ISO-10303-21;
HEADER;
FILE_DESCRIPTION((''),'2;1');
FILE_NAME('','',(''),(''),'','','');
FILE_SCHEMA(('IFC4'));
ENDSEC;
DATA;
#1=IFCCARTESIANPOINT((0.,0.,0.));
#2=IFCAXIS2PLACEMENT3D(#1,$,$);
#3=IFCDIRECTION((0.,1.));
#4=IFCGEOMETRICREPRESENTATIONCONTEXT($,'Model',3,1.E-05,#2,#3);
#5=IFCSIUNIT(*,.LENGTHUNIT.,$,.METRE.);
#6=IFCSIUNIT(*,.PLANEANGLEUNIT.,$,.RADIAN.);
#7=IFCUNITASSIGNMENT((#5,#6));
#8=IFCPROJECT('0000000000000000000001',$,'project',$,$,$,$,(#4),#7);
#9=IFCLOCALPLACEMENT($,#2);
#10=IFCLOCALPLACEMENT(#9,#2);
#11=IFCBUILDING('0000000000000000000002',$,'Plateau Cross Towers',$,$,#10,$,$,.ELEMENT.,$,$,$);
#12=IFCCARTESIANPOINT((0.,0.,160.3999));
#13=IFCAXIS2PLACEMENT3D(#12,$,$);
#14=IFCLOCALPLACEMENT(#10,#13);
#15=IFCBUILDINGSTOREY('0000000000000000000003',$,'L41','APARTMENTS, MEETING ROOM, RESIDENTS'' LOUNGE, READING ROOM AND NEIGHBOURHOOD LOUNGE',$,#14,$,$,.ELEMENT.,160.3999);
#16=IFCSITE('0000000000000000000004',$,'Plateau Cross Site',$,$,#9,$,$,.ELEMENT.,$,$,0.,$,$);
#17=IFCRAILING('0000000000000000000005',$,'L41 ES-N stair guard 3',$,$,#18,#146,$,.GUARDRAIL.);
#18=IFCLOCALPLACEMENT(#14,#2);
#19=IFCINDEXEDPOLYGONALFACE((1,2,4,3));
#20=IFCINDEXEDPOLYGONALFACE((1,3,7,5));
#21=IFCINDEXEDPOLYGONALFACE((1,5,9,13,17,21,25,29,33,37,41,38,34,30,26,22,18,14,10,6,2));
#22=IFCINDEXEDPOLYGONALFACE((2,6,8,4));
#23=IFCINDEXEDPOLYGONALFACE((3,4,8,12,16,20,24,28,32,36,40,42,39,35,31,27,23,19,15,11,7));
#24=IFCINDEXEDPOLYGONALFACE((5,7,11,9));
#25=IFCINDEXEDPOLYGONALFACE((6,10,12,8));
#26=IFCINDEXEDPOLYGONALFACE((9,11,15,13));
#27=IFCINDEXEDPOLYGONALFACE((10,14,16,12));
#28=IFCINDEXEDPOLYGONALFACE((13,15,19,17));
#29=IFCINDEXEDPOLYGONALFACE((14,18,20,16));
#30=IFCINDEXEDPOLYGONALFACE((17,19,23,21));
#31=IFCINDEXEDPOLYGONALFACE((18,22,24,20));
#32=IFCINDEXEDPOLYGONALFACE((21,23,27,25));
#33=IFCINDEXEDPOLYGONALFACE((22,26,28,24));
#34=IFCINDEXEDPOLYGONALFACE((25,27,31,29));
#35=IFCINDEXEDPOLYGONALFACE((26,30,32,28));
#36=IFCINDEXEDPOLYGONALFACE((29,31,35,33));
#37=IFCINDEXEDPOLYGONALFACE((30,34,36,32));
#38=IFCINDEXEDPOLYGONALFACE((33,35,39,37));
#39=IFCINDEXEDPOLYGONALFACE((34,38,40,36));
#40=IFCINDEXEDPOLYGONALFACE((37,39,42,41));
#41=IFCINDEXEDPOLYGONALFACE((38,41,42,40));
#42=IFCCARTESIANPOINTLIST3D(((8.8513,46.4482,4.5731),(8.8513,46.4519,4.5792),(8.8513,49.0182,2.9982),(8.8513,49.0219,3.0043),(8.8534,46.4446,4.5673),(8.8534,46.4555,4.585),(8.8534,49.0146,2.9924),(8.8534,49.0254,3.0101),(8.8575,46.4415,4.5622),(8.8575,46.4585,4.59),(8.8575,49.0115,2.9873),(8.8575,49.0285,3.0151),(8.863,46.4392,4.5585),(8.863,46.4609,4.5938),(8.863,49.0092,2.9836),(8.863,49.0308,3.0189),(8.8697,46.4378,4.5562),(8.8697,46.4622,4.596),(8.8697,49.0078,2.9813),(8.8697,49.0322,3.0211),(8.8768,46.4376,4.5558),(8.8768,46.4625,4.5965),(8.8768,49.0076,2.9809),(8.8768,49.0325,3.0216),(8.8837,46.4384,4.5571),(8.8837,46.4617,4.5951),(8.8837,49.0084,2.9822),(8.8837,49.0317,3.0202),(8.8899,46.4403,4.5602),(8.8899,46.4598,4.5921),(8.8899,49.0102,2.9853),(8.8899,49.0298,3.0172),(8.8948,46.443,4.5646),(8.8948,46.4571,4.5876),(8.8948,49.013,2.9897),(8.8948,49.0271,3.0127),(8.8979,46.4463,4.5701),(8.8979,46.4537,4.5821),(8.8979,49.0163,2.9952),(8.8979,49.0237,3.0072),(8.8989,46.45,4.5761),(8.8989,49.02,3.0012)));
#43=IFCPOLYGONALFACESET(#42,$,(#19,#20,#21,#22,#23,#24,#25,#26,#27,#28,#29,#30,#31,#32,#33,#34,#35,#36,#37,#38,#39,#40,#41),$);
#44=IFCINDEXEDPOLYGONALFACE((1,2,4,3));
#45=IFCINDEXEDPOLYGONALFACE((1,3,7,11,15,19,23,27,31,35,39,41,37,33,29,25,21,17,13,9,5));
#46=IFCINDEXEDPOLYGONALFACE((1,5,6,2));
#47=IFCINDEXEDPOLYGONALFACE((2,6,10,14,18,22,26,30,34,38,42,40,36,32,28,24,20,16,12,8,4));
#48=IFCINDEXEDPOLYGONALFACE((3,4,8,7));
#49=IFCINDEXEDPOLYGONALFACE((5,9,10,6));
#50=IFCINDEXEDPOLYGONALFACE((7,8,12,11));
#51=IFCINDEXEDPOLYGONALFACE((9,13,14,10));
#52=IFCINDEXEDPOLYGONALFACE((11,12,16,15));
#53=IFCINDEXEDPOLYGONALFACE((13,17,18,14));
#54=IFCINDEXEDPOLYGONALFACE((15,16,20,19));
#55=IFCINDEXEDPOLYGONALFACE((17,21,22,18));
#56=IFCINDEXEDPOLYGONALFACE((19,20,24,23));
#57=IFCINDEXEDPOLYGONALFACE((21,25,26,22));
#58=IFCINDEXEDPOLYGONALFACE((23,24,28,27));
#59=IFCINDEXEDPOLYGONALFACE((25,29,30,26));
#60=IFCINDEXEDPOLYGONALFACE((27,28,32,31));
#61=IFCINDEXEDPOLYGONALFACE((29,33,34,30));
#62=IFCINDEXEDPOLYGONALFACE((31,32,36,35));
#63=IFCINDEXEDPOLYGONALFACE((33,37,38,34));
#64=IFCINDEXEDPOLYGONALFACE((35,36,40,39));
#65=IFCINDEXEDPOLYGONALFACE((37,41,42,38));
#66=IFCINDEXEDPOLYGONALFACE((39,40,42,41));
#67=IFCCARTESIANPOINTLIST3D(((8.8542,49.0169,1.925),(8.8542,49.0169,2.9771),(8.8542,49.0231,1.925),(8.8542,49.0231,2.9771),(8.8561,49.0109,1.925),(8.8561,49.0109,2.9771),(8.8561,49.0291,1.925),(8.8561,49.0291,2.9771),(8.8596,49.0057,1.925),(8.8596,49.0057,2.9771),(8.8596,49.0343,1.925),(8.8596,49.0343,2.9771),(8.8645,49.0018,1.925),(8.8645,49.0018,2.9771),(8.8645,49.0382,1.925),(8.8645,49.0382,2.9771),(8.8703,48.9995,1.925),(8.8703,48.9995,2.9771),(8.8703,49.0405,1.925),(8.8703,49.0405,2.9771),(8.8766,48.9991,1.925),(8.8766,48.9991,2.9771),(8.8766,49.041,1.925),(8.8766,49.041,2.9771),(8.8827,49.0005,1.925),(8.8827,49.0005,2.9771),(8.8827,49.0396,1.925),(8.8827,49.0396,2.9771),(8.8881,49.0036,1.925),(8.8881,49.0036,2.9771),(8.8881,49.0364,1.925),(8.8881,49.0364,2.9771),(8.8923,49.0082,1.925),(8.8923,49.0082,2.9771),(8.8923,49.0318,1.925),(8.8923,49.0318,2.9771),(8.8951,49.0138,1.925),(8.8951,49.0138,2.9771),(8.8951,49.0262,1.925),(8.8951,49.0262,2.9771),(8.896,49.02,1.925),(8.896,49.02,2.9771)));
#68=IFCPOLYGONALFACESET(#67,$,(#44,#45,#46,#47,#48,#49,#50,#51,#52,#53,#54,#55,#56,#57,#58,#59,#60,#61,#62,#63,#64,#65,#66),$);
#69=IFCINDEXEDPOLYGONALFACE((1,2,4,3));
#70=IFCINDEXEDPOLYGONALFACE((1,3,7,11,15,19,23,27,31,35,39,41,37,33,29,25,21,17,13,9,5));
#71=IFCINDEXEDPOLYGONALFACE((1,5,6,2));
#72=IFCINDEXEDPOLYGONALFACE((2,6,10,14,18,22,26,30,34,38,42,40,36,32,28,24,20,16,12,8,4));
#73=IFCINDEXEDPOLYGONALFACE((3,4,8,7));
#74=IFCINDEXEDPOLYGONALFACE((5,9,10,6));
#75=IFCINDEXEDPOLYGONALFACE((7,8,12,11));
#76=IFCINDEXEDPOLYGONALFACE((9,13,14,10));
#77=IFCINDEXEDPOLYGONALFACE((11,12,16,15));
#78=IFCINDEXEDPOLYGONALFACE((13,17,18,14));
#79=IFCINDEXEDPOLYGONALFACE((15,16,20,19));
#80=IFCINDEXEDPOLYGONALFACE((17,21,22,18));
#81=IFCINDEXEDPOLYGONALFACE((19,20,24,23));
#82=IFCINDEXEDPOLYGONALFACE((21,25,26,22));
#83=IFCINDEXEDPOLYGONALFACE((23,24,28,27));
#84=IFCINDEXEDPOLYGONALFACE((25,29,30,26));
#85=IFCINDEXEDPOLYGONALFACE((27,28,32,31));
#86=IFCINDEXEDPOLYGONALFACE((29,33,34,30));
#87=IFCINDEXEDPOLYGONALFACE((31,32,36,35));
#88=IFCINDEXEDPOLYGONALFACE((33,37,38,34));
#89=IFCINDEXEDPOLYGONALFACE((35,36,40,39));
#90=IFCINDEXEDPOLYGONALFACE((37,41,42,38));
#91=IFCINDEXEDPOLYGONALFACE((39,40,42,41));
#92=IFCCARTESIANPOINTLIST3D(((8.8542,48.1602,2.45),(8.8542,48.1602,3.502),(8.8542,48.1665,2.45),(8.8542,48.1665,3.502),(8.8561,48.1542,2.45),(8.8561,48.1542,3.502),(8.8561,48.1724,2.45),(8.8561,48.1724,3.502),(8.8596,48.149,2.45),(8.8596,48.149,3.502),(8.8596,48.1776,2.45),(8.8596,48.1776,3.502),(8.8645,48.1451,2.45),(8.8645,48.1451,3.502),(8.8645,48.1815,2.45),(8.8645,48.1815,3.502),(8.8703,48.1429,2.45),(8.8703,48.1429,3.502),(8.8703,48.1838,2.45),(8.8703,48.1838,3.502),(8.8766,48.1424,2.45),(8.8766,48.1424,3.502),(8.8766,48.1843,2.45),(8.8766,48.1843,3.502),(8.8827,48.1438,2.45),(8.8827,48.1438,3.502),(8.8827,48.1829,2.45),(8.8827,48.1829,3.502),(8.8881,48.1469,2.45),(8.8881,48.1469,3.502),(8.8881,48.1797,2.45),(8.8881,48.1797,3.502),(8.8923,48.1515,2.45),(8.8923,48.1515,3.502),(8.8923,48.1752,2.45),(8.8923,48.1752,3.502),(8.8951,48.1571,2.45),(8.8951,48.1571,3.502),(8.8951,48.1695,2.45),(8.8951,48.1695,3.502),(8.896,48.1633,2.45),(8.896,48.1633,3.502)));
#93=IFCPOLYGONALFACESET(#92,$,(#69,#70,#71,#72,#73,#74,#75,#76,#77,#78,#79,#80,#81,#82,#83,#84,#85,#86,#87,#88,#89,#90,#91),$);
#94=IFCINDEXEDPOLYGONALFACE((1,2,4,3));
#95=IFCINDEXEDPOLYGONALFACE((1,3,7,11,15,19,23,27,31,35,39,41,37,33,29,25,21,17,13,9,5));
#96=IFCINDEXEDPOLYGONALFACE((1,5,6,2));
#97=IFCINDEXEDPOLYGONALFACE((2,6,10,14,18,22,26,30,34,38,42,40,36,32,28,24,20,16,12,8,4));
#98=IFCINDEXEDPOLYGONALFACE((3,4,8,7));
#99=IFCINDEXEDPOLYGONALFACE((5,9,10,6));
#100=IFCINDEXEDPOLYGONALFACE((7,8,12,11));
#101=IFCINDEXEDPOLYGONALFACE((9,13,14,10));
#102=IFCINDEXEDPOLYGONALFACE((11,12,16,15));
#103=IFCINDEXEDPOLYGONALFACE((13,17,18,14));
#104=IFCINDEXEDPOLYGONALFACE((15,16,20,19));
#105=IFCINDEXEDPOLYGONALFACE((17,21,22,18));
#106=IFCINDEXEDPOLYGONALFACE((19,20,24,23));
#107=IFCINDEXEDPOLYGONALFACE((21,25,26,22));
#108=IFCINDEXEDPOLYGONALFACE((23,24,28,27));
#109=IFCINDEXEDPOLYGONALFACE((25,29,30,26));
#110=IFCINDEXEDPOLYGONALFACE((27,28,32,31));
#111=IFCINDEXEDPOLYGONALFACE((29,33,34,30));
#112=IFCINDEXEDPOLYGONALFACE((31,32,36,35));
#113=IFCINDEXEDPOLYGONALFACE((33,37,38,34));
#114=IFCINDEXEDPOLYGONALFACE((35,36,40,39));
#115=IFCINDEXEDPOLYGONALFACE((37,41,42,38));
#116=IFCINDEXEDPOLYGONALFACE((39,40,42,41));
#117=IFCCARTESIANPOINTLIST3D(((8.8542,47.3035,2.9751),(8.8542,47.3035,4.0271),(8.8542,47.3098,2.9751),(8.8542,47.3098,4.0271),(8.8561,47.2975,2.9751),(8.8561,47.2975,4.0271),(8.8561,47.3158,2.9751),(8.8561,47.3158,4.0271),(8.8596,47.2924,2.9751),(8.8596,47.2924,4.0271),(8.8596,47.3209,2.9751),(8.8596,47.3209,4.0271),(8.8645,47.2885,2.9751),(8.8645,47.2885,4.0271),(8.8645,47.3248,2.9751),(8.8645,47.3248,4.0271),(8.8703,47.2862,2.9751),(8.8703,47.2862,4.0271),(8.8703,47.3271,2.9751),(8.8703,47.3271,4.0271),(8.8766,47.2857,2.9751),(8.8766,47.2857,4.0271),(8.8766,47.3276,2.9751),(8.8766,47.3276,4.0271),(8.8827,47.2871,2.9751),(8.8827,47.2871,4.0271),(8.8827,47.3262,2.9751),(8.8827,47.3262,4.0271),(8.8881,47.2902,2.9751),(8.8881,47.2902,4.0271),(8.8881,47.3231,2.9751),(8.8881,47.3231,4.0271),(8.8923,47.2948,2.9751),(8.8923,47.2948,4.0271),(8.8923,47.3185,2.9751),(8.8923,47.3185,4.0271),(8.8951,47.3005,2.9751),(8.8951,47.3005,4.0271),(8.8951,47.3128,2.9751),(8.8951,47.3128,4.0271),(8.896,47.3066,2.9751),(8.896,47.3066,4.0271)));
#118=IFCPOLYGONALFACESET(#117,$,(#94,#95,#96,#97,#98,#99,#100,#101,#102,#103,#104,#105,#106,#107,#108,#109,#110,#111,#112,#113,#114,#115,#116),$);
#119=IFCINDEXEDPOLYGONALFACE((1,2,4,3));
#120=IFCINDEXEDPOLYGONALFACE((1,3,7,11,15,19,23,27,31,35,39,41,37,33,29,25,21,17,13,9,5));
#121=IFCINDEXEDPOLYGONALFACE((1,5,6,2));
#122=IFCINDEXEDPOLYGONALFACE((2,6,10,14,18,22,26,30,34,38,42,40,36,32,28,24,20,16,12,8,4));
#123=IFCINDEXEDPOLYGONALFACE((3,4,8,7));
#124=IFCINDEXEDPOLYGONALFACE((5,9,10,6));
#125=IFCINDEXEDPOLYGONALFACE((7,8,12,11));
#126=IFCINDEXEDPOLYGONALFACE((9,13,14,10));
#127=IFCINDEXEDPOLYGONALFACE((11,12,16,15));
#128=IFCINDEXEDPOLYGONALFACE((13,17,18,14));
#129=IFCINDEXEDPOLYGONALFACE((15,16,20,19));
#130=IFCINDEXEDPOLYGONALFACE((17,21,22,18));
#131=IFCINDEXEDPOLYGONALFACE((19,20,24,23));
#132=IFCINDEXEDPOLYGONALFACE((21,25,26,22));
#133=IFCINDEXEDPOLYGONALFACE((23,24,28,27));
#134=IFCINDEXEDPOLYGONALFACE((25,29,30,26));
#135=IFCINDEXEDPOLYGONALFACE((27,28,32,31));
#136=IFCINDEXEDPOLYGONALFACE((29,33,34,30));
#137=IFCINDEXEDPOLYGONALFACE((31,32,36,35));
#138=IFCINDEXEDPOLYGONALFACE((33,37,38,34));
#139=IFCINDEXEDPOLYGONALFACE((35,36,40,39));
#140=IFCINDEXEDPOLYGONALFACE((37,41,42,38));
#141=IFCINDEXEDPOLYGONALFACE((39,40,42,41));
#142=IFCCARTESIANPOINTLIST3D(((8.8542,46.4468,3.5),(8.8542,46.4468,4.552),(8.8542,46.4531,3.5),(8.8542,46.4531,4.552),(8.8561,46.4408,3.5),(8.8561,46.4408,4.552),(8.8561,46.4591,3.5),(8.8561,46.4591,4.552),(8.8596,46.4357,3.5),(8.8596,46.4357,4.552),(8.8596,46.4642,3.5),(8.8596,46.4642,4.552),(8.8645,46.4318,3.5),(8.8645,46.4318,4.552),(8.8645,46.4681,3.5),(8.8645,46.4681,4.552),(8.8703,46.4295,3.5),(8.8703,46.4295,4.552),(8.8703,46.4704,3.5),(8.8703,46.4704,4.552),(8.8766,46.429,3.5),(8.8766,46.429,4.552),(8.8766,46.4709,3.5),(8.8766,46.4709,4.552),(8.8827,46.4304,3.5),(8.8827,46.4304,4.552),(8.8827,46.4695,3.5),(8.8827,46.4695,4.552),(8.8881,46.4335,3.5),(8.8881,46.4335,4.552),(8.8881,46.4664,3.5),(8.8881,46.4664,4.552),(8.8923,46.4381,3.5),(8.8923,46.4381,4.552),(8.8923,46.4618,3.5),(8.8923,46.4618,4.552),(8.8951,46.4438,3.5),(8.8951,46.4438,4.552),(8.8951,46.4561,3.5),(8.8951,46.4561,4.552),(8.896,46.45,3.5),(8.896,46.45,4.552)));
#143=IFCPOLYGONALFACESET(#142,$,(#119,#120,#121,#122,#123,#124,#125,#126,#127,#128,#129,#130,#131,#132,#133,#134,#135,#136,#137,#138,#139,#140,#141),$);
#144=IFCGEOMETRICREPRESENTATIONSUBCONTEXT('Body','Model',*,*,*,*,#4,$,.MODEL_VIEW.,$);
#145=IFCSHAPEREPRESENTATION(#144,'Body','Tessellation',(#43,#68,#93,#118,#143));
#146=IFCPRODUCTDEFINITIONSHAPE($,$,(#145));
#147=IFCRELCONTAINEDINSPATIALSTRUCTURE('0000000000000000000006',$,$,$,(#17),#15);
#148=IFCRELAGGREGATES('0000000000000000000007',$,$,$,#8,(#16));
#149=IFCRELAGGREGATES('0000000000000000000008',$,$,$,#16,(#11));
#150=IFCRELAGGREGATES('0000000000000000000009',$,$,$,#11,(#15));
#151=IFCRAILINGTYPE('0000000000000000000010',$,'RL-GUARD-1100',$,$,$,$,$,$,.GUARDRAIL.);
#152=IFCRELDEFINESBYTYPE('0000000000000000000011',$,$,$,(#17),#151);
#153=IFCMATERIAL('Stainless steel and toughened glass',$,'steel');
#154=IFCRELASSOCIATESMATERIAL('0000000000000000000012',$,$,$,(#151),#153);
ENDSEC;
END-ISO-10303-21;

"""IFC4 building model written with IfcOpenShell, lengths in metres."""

from ifc_helpers import new_model, si_unit, direction, frame, origin, origin_2d, place, context, subcontext, project, spatial, circle, extrude, material, type_object, element, save


model = new_model("IFC4")

# Units and contexts
model_context = context("Model", 3, precision=1e-05, world=origin(), true_north=direction((0.0, 1.0)))
body_context = subcontext(model_context, "Body", "Model", "MODEL_VIEW")
ifc_project = project(units=[si_unit("LENGTHUNIT", "METRE"), si_unit("PLANEANGLEUNIT", "RADIAN")], contexts=[model_context])

# Site, building, storey
site_placement = place(None, origin())
site = spatial("IfcSite", under=ifc_project, at=site_placement, Name="Plateau Cross Site", CompositionType="ELEMENT", RefElevation=0.0)
building_placement = place(site_placement, origin())
building = spatial("IfcBuilding", under=site, at=building_placement, Name="Plateau Cross Towers", CompositionType="ELEMENT")
storey_placement = place(building_placement, frame((0.0, 0.0, 160.3999)))
storey = spatial("IfcBuildingStorey", under=building, at=storey_placement, Name="L41", Description="APARTMENTS, MEETING ROOM, RESIDENTS' LOUNGE, READING ROOM AND NEIGHBOURHOOD LOUNGE", CompositionType="ELEMENT", Elevation=160.3999)

# Railing
ifc_material_1 = material(Name="Stainless steel and toughened glass", Category="steel")
railing_type_1 = type_object("IfcRailingType", Name="RL-GUARD-1100", PredefinedType="GUARDRAIL", material=ifc_material_1)
railing_1_placement = place(storey_placement, frame((8.875, 49.02, 1.925)))
element("IfcRailing", 1, at=railing_1_placement, inside=storey, type_object=railing_type_1, Name="L41 ES-N stair guard 3", PredefinedType="GUARDRAIL", context=body_context, shape_type="SweptSolid", body=[
    extrude(circle(Radius=0.0239, at=origin_2d()), frame((0.0, 0.0, 1.0762), z_axis=(0.0, -0.852639, 0.522501), x_axis=(1.0, 0.0, 0.0)), (0.0, 0.0, 1.0), 3.0142),
    extrude(circle(Radius=0.021, at=origin_2d()), origin(), (0.0, 0.0, 1.0), 1.052),
    extrude(circle(Radius=0.021, at=origin_2d()), frame((0.0, -0.8567, 0.5249)), (0.0, 0.0, 1.0), 1.052),
    extrude(circle(Radius=0.021, at=origin_2d()), frame((0.0, -1.7134, 1.05)), (0.0, 0.0, 1.0), 1.052),
    extrude(circle(Radius=0.021, at=origin_2d()), frame((0.0, -2.5701, 1.575)), (0.0, 0.0, 1.0), 1.052),
])

save(model, "model.ifc")
